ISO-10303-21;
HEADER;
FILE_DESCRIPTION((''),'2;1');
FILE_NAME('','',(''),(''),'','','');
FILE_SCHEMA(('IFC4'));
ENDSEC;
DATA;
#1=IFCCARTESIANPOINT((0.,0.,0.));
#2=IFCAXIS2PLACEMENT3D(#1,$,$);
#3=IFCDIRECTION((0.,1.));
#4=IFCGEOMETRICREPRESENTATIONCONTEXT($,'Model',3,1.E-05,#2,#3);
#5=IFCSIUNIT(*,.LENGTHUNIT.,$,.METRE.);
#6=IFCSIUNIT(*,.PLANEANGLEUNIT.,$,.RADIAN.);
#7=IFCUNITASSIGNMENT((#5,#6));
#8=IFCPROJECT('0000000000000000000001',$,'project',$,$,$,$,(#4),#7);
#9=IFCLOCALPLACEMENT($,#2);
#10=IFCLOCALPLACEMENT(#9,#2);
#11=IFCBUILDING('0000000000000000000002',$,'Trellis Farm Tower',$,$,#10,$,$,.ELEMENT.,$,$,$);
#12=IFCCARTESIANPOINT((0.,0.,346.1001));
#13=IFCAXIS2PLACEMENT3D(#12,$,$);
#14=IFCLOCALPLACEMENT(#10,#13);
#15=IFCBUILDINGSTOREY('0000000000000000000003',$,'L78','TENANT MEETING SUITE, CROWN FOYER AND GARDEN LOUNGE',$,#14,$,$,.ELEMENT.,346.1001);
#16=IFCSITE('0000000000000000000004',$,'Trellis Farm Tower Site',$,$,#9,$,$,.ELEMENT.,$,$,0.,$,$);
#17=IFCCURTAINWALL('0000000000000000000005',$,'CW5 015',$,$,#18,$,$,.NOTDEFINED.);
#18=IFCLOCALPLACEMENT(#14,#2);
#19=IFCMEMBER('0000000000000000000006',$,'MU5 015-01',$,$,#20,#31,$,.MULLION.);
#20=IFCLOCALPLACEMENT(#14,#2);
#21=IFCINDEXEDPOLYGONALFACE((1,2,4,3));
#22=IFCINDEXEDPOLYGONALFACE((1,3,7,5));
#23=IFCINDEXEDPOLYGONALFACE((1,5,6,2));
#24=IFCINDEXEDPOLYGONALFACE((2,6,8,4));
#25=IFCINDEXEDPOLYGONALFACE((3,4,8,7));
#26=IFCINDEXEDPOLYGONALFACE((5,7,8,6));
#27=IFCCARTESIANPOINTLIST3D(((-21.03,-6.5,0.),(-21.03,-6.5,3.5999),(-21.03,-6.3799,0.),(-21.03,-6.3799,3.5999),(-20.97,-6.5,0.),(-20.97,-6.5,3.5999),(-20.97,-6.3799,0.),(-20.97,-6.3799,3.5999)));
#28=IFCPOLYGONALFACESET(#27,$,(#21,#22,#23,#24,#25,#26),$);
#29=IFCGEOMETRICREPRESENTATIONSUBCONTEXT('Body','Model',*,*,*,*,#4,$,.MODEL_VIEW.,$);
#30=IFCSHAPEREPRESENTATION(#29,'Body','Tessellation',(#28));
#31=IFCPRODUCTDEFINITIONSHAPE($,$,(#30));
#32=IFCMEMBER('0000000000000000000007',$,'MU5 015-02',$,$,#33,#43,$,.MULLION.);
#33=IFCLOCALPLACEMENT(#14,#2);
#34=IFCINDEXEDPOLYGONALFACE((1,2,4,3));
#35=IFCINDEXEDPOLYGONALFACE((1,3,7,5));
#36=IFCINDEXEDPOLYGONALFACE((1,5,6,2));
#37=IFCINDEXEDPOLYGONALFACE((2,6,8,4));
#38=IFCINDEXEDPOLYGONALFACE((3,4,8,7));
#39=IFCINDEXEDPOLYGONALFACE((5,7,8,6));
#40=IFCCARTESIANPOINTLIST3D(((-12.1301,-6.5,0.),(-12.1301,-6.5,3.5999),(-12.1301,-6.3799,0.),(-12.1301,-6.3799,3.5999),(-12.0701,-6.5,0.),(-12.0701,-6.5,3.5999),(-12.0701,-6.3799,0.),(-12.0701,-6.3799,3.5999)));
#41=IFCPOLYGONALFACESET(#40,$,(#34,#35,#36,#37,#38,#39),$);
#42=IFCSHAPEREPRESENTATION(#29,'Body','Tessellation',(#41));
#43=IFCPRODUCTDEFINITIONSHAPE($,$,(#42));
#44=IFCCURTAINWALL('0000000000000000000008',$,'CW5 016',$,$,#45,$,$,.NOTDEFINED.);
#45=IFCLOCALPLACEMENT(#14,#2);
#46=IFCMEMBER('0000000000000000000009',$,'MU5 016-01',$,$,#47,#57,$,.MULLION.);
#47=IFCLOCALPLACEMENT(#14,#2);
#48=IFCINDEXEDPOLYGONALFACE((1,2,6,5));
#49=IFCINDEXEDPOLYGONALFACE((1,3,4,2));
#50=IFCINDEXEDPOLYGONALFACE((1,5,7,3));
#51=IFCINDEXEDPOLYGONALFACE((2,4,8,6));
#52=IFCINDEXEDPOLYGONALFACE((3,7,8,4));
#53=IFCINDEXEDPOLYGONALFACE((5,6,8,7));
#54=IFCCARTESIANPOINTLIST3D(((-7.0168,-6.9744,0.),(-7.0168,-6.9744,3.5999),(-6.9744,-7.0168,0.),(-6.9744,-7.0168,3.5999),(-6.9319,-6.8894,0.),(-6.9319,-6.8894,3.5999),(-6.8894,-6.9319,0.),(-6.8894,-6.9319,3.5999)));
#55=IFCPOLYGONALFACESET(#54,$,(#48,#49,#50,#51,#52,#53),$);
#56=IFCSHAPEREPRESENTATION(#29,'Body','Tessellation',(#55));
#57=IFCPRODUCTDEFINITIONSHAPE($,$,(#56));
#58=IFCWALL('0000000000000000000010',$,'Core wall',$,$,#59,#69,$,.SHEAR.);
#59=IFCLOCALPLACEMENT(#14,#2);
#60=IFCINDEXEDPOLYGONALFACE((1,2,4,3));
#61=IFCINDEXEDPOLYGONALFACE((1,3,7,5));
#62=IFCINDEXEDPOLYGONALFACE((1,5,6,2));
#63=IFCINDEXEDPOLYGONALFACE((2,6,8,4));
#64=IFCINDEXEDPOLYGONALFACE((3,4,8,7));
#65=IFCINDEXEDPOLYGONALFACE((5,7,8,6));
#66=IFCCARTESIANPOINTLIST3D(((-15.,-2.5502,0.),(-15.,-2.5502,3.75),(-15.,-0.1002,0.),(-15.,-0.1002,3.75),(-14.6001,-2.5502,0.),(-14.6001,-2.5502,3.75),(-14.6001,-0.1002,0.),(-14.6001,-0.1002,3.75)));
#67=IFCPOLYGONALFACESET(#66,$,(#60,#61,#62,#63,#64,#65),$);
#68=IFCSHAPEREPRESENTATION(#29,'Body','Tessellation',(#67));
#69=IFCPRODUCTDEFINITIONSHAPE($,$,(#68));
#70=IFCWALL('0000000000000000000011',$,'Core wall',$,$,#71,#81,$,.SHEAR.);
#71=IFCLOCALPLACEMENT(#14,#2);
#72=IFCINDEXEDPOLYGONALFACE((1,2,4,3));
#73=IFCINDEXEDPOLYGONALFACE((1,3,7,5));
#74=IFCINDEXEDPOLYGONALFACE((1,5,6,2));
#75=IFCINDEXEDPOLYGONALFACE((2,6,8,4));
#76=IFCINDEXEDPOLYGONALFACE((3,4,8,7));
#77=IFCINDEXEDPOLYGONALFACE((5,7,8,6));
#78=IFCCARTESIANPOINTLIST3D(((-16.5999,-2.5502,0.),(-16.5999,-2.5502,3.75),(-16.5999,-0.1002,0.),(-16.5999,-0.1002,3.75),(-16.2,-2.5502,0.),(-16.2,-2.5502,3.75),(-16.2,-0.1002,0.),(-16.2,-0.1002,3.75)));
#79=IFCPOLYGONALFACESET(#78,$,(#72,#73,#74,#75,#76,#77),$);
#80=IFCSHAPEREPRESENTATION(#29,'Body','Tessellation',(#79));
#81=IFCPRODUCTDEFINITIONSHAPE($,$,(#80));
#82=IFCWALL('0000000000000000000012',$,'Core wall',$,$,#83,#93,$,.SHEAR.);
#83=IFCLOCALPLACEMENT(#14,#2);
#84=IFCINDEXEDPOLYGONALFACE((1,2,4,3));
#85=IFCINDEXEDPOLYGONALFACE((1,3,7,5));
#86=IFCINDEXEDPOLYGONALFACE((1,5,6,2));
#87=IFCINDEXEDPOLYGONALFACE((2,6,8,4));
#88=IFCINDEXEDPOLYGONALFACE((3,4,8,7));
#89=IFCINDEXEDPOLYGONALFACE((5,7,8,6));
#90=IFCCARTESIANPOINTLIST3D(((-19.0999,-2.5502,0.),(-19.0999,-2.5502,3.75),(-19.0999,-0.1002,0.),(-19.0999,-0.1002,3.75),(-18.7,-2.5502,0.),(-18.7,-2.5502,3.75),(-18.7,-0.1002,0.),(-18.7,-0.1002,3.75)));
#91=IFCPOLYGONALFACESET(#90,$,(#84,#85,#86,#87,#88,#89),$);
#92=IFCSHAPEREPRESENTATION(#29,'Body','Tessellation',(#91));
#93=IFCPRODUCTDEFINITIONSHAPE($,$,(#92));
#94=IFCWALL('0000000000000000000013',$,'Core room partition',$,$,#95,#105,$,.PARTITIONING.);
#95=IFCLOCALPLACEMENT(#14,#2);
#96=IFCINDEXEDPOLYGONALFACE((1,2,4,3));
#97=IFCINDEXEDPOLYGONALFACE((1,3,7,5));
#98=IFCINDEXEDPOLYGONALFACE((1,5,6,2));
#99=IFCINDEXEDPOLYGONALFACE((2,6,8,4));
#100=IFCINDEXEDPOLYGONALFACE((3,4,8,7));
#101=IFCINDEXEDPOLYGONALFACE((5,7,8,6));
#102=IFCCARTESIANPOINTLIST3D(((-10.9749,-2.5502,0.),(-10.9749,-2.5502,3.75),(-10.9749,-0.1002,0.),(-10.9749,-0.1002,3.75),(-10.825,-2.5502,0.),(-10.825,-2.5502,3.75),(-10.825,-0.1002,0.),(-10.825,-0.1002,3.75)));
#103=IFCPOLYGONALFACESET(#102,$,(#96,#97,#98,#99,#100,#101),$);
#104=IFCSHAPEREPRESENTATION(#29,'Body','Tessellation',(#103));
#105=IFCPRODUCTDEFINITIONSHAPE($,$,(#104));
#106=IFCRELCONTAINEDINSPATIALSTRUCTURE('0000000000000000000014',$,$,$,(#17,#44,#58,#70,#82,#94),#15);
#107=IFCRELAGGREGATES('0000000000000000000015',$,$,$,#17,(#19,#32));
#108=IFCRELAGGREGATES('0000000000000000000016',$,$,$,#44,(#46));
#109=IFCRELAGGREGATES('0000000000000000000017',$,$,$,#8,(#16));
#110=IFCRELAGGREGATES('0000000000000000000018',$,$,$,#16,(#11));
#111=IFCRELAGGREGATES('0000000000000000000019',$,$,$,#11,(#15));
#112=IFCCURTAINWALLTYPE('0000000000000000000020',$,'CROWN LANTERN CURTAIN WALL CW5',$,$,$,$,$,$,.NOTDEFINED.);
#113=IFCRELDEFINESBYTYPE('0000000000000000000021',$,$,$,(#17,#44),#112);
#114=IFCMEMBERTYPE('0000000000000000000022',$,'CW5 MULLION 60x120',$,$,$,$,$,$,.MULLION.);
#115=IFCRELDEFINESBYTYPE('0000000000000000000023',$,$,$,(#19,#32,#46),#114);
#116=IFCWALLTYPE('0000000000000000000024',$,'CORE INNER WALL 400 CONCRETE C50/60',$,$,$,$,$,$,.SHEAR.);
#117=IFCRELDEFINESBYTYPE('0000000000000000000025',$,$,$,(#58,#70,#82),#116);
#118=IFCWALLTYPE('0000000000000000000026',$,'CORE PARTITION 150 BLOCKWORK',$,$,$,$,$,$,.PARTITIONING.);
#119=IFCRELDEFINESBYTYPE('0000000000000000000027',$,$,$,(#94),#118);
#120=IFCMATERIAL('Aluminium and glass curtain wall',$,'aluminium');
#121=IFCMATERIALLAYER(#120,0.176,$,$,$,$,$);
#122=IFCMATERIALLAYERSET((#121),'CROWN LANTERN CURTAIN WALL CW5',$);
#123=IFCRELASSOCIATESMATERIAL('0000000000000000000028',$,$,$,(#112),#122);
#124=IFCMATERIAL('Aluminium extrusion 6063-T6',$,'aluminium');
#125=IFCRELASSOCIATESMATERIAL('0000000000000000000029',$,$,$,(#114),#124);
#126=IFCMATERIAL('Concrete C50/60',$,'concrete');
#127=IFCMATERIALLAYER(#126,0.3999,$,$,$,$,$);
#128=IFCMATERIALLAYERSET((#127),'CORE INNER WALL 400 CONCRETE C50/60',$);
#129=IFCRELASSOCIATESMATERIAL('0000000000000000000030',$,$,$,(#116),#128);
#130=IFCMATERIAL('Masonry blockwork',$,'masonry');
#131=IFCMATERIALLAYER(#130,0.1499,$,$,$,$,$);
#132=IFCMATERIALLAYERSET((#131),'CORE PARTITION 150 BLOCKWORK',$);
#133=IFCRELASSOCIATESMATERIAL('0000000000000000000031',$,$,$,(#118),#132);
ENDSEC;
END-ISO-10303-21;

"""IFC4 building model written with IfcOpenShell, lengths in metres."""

from ifc_helpers import new_model, si_unit, direction, frame, frame_2d, origin, origin_2d, place, context, subcontext, project, spatial, rectangle, extrude, source, transform, mapped, material, layer, layer_set, material_profile, profile_set, type_object, element, aggregate, save


model = new_model("IFC4")

# Units and contexts
model_context = context("Model", 3, precision=1e-05, world=origin(), true_north=direction((0.0, 1.0)))
body_context = subcontext(model_context, "Body", "Model", "MODEL_VIEW")
ifc_project = project(units=[si_unit("LENGTHUNIT", "METRE"), si_unit("PLANEANGLEUNIT", "RADIAN")], contexts=[model_context])

# Site, building, storey
site_placement = place(None, origin())
site = spatial("IfcSite", under=ifc_project, at=site_placement, Name="Trellis Farm Tower Site", CompositionType="ELEMENT", RefElevation=0.0)
building_placement = place(site_placement, origin())
building = spatial("IfcBuilding", under=site, at=building_placement, Name="Trellis Farm Tower", CompositionType="ELEMENT")
storey_placement = place(building_placement, frame((0.0, 0.0, 346.1001)))
storey = spatial("IfcBuildingStorey", under=building, at=storey_placement, Name="L78", Description="TENANT MEETING SUITE, CROWN FOYER AND GARDEN LOUNGE", CompositionType="ELEMENT", Elevation=346.1001)

# Shared definitions
ifc_material_1 = material(Name="Concrete C50/60", Category="concrete")

# Shared definitions
ifc_material_2 = material(Name="Aluminium and glass curtain wall", Category="aluminium")
ifc_layer_1 = layer(ifc_material_2, 0.176)
ifc_layer_set_1 = layer_set([ifc_layer_1], Name="CROWN LANTERN CURTAIN WALL CW5")
curtain_wall_type = type_object("IfcCurtainWallType", Name="CROWN LANTERN CURTAIN WALL CW5", PredefinedType="NOTDEFINED", material=ifc_layer_set_1)
placement = place(storey_placement, origin())
ifc_material_3 = material(Name="Aluminium extrusion 6063-T6", Category="aluminium")
ifc_material_profile_1 = material_profile(ifc_material_3, rectangle(XDim=0.0601, YDim=0.1201, at=origin_2d()), Name="MULLION 60x120")
ifc_profile_set_1 = profile_set([ifc_material_profile_1], Name="Aluminium extrusion 6063-T6")
member_type = type_object("IfcMemberType", Name="CW5 MULLION 60x120", PredefinedType="MULLION", material=ifc_profile_set_1)
shared_shape_1 = source(origin(), body_context, "Body", "SweptSolid", [
    extrude(rectangle(XDim=0.0601, YDim=0.1201, at=origin_2d()), origin(), (0.0, 0.0, 1.0), 3.5999),
])

# Curtain wall, members
curtain_wall_1 = element("IfcCurtainWall", 1, at=placement, inside=storey, type_object=curtain_wall_type, Name="CW5 015", PredefinedType="NOTDEFINED")
member_1_placement = place(storey_placement, frame((-21.0, -6.4399, 0.0), z_axis=(0.0, 0.0, 1.0), x_axis=(1.0, 0.0, 0.0)))
member_1 = element("IfcMember", 2, at=member_1_placement, type_object=member_type, Name="MU5 015-01", PredefinedType="MULLION", context=body_context, shape_type="MappedRepresentation", body=[
    mapped(shared_shape_1, transform((0.0, 0.0, 0.0))),
])
member_2_placement = place(storey_placement, frame((-12.1001, -6.4399, 0.0), z_axis=(0.0, 0.0, 1.0), x_axis=(1.0, 0.0, 0.0)))
member_2 = element("IfcMember", 3, at=member_2_placement, type_object=member_type, Name="MU5 015-02", PredefinedType="MULLION", context=body_context, shape_type="MappedRepresentation", body=[
    mapped(shared_shape_1, transform((0.0, 0.0, 0.0))),
])
aggregate(curtain_wall_1, [member_1, member_2])

# Curtain wall, member
curtain_wall_2 = element("IfcCurtainWall", 4, at=placement, inside=storey, type_object=curtain_wall_type, Name="CW5 016", PredefinedType="NOTDEFINED")
member_3_placement = place(storey_placement, frame((-6.9531, -6.9531, 0.0), z_axis=(0.0, 0.0, 1.0), x_axis=(0.707107, -0.707107, 0.0)))
member_3 = element("IfcMember", 5, at=member_3_placement, type_object=member_type, Name="MU5 016-01", PredefinedType="MULLION", context=body_context, shape_type="MappedRepresentation", body=[
    mapped(shared_shape_1, transform((0.0, 0.0, 0.0))),
])
aggregate(curtain_wall_2, [member_3])

# Walls
ifc_layer_2 = layer(ifc_material_1, 0.3999)
ifc_layer_set_2 = layer_set([ifc_layer_2], Name="CORE INNER WALL 400 CONCRETE C50/60")
wall_type_1 = type_object("IfcWallType", Name="CORE INNER WALL 400 CONCRETE C50/60", PredefinedType="SHEAR", material=ifc_layer_set_2)
shared_shape_2 = source(origin(), body_context, "Body", "SweptSolid", [
    extrude(rectangle(XDim=2.45, YDim=0.3999, at=frame_2d((1.2251, 0.0))), origin(), (0.0, 0.0, 1.0), 3.75),
])
for number, where, z_axis, x_axis, name in (
    (6, (-14.8, -0.1001, 0.0), (0.0, 0.0, 1.0), (0.0, -1.0, 0.0), "Core wall"),
    (7, (-16.3999, -0.1001, 0.0), (0.0, 0.0, 1.0), (0.0, -1.0, 0.0), "Core wall"),
    (8, (-18.8999, -0.1001, 0.0), (0.0, 0.0, 1.0), (0.0, -1.0, 0.0), "Core wall"),
):
    element("IfcWall", number, at=place(storey_placement, frame(where, z_axis=z_axis, x_axis=x_axis)), inside=storey, type_object=wall_type_1, Name=name, PredefinedType="SHEAR", context=body_context, shape_type="MappedRepresentation", body=[
        mapped(shared_shape_2, transform((0.0, 0.0, 0.0))),
    ])
ifc_material_4 = material(Name="Masonry blockwork", Category="masonry")
ifc_layer_3 = layer(ifc_material_4, 0.1499)
ifc_layer_set_3 = layer_set([ifc_layer_3], Name="CORE PARTITION 150 BLOCKWORK")
wall_type_2 = type_object("IfcWallType", Name="CORE PARTITION 150 BLOCKWORK", PredefinedType="PARTITIONING", material=ifc_layer_set_3)
shared_shape_3 = source(origin(), body_context, "Body", "SweptSolid", [
    extrude(rectangle(XDim=2.45, YDim=0.1499, at=frame_2d((1.2251, 0.0))), origin(), (0.0, 0.0, 1.0), 3.75),
])
wall_1_placement = place(storey_placement, frame((-10.8999, -0.1001, 0.0), z_axis=(0.0, 0.0, 1.0), x_axis=(0.0, -1.0, 0.0)))
element("IfcWall", 9, at=wall_1_placement, inside=storey, type_object=wall_type_2, Name="Core room partition", PredefinedType="PARTITIONING", context=body_context, shape_type="MappedRepresentation", body=[
    mapped(shared_shape_3, transform((0.0, 0.0, 0.0))),
])

save(model, "model.ifc")
